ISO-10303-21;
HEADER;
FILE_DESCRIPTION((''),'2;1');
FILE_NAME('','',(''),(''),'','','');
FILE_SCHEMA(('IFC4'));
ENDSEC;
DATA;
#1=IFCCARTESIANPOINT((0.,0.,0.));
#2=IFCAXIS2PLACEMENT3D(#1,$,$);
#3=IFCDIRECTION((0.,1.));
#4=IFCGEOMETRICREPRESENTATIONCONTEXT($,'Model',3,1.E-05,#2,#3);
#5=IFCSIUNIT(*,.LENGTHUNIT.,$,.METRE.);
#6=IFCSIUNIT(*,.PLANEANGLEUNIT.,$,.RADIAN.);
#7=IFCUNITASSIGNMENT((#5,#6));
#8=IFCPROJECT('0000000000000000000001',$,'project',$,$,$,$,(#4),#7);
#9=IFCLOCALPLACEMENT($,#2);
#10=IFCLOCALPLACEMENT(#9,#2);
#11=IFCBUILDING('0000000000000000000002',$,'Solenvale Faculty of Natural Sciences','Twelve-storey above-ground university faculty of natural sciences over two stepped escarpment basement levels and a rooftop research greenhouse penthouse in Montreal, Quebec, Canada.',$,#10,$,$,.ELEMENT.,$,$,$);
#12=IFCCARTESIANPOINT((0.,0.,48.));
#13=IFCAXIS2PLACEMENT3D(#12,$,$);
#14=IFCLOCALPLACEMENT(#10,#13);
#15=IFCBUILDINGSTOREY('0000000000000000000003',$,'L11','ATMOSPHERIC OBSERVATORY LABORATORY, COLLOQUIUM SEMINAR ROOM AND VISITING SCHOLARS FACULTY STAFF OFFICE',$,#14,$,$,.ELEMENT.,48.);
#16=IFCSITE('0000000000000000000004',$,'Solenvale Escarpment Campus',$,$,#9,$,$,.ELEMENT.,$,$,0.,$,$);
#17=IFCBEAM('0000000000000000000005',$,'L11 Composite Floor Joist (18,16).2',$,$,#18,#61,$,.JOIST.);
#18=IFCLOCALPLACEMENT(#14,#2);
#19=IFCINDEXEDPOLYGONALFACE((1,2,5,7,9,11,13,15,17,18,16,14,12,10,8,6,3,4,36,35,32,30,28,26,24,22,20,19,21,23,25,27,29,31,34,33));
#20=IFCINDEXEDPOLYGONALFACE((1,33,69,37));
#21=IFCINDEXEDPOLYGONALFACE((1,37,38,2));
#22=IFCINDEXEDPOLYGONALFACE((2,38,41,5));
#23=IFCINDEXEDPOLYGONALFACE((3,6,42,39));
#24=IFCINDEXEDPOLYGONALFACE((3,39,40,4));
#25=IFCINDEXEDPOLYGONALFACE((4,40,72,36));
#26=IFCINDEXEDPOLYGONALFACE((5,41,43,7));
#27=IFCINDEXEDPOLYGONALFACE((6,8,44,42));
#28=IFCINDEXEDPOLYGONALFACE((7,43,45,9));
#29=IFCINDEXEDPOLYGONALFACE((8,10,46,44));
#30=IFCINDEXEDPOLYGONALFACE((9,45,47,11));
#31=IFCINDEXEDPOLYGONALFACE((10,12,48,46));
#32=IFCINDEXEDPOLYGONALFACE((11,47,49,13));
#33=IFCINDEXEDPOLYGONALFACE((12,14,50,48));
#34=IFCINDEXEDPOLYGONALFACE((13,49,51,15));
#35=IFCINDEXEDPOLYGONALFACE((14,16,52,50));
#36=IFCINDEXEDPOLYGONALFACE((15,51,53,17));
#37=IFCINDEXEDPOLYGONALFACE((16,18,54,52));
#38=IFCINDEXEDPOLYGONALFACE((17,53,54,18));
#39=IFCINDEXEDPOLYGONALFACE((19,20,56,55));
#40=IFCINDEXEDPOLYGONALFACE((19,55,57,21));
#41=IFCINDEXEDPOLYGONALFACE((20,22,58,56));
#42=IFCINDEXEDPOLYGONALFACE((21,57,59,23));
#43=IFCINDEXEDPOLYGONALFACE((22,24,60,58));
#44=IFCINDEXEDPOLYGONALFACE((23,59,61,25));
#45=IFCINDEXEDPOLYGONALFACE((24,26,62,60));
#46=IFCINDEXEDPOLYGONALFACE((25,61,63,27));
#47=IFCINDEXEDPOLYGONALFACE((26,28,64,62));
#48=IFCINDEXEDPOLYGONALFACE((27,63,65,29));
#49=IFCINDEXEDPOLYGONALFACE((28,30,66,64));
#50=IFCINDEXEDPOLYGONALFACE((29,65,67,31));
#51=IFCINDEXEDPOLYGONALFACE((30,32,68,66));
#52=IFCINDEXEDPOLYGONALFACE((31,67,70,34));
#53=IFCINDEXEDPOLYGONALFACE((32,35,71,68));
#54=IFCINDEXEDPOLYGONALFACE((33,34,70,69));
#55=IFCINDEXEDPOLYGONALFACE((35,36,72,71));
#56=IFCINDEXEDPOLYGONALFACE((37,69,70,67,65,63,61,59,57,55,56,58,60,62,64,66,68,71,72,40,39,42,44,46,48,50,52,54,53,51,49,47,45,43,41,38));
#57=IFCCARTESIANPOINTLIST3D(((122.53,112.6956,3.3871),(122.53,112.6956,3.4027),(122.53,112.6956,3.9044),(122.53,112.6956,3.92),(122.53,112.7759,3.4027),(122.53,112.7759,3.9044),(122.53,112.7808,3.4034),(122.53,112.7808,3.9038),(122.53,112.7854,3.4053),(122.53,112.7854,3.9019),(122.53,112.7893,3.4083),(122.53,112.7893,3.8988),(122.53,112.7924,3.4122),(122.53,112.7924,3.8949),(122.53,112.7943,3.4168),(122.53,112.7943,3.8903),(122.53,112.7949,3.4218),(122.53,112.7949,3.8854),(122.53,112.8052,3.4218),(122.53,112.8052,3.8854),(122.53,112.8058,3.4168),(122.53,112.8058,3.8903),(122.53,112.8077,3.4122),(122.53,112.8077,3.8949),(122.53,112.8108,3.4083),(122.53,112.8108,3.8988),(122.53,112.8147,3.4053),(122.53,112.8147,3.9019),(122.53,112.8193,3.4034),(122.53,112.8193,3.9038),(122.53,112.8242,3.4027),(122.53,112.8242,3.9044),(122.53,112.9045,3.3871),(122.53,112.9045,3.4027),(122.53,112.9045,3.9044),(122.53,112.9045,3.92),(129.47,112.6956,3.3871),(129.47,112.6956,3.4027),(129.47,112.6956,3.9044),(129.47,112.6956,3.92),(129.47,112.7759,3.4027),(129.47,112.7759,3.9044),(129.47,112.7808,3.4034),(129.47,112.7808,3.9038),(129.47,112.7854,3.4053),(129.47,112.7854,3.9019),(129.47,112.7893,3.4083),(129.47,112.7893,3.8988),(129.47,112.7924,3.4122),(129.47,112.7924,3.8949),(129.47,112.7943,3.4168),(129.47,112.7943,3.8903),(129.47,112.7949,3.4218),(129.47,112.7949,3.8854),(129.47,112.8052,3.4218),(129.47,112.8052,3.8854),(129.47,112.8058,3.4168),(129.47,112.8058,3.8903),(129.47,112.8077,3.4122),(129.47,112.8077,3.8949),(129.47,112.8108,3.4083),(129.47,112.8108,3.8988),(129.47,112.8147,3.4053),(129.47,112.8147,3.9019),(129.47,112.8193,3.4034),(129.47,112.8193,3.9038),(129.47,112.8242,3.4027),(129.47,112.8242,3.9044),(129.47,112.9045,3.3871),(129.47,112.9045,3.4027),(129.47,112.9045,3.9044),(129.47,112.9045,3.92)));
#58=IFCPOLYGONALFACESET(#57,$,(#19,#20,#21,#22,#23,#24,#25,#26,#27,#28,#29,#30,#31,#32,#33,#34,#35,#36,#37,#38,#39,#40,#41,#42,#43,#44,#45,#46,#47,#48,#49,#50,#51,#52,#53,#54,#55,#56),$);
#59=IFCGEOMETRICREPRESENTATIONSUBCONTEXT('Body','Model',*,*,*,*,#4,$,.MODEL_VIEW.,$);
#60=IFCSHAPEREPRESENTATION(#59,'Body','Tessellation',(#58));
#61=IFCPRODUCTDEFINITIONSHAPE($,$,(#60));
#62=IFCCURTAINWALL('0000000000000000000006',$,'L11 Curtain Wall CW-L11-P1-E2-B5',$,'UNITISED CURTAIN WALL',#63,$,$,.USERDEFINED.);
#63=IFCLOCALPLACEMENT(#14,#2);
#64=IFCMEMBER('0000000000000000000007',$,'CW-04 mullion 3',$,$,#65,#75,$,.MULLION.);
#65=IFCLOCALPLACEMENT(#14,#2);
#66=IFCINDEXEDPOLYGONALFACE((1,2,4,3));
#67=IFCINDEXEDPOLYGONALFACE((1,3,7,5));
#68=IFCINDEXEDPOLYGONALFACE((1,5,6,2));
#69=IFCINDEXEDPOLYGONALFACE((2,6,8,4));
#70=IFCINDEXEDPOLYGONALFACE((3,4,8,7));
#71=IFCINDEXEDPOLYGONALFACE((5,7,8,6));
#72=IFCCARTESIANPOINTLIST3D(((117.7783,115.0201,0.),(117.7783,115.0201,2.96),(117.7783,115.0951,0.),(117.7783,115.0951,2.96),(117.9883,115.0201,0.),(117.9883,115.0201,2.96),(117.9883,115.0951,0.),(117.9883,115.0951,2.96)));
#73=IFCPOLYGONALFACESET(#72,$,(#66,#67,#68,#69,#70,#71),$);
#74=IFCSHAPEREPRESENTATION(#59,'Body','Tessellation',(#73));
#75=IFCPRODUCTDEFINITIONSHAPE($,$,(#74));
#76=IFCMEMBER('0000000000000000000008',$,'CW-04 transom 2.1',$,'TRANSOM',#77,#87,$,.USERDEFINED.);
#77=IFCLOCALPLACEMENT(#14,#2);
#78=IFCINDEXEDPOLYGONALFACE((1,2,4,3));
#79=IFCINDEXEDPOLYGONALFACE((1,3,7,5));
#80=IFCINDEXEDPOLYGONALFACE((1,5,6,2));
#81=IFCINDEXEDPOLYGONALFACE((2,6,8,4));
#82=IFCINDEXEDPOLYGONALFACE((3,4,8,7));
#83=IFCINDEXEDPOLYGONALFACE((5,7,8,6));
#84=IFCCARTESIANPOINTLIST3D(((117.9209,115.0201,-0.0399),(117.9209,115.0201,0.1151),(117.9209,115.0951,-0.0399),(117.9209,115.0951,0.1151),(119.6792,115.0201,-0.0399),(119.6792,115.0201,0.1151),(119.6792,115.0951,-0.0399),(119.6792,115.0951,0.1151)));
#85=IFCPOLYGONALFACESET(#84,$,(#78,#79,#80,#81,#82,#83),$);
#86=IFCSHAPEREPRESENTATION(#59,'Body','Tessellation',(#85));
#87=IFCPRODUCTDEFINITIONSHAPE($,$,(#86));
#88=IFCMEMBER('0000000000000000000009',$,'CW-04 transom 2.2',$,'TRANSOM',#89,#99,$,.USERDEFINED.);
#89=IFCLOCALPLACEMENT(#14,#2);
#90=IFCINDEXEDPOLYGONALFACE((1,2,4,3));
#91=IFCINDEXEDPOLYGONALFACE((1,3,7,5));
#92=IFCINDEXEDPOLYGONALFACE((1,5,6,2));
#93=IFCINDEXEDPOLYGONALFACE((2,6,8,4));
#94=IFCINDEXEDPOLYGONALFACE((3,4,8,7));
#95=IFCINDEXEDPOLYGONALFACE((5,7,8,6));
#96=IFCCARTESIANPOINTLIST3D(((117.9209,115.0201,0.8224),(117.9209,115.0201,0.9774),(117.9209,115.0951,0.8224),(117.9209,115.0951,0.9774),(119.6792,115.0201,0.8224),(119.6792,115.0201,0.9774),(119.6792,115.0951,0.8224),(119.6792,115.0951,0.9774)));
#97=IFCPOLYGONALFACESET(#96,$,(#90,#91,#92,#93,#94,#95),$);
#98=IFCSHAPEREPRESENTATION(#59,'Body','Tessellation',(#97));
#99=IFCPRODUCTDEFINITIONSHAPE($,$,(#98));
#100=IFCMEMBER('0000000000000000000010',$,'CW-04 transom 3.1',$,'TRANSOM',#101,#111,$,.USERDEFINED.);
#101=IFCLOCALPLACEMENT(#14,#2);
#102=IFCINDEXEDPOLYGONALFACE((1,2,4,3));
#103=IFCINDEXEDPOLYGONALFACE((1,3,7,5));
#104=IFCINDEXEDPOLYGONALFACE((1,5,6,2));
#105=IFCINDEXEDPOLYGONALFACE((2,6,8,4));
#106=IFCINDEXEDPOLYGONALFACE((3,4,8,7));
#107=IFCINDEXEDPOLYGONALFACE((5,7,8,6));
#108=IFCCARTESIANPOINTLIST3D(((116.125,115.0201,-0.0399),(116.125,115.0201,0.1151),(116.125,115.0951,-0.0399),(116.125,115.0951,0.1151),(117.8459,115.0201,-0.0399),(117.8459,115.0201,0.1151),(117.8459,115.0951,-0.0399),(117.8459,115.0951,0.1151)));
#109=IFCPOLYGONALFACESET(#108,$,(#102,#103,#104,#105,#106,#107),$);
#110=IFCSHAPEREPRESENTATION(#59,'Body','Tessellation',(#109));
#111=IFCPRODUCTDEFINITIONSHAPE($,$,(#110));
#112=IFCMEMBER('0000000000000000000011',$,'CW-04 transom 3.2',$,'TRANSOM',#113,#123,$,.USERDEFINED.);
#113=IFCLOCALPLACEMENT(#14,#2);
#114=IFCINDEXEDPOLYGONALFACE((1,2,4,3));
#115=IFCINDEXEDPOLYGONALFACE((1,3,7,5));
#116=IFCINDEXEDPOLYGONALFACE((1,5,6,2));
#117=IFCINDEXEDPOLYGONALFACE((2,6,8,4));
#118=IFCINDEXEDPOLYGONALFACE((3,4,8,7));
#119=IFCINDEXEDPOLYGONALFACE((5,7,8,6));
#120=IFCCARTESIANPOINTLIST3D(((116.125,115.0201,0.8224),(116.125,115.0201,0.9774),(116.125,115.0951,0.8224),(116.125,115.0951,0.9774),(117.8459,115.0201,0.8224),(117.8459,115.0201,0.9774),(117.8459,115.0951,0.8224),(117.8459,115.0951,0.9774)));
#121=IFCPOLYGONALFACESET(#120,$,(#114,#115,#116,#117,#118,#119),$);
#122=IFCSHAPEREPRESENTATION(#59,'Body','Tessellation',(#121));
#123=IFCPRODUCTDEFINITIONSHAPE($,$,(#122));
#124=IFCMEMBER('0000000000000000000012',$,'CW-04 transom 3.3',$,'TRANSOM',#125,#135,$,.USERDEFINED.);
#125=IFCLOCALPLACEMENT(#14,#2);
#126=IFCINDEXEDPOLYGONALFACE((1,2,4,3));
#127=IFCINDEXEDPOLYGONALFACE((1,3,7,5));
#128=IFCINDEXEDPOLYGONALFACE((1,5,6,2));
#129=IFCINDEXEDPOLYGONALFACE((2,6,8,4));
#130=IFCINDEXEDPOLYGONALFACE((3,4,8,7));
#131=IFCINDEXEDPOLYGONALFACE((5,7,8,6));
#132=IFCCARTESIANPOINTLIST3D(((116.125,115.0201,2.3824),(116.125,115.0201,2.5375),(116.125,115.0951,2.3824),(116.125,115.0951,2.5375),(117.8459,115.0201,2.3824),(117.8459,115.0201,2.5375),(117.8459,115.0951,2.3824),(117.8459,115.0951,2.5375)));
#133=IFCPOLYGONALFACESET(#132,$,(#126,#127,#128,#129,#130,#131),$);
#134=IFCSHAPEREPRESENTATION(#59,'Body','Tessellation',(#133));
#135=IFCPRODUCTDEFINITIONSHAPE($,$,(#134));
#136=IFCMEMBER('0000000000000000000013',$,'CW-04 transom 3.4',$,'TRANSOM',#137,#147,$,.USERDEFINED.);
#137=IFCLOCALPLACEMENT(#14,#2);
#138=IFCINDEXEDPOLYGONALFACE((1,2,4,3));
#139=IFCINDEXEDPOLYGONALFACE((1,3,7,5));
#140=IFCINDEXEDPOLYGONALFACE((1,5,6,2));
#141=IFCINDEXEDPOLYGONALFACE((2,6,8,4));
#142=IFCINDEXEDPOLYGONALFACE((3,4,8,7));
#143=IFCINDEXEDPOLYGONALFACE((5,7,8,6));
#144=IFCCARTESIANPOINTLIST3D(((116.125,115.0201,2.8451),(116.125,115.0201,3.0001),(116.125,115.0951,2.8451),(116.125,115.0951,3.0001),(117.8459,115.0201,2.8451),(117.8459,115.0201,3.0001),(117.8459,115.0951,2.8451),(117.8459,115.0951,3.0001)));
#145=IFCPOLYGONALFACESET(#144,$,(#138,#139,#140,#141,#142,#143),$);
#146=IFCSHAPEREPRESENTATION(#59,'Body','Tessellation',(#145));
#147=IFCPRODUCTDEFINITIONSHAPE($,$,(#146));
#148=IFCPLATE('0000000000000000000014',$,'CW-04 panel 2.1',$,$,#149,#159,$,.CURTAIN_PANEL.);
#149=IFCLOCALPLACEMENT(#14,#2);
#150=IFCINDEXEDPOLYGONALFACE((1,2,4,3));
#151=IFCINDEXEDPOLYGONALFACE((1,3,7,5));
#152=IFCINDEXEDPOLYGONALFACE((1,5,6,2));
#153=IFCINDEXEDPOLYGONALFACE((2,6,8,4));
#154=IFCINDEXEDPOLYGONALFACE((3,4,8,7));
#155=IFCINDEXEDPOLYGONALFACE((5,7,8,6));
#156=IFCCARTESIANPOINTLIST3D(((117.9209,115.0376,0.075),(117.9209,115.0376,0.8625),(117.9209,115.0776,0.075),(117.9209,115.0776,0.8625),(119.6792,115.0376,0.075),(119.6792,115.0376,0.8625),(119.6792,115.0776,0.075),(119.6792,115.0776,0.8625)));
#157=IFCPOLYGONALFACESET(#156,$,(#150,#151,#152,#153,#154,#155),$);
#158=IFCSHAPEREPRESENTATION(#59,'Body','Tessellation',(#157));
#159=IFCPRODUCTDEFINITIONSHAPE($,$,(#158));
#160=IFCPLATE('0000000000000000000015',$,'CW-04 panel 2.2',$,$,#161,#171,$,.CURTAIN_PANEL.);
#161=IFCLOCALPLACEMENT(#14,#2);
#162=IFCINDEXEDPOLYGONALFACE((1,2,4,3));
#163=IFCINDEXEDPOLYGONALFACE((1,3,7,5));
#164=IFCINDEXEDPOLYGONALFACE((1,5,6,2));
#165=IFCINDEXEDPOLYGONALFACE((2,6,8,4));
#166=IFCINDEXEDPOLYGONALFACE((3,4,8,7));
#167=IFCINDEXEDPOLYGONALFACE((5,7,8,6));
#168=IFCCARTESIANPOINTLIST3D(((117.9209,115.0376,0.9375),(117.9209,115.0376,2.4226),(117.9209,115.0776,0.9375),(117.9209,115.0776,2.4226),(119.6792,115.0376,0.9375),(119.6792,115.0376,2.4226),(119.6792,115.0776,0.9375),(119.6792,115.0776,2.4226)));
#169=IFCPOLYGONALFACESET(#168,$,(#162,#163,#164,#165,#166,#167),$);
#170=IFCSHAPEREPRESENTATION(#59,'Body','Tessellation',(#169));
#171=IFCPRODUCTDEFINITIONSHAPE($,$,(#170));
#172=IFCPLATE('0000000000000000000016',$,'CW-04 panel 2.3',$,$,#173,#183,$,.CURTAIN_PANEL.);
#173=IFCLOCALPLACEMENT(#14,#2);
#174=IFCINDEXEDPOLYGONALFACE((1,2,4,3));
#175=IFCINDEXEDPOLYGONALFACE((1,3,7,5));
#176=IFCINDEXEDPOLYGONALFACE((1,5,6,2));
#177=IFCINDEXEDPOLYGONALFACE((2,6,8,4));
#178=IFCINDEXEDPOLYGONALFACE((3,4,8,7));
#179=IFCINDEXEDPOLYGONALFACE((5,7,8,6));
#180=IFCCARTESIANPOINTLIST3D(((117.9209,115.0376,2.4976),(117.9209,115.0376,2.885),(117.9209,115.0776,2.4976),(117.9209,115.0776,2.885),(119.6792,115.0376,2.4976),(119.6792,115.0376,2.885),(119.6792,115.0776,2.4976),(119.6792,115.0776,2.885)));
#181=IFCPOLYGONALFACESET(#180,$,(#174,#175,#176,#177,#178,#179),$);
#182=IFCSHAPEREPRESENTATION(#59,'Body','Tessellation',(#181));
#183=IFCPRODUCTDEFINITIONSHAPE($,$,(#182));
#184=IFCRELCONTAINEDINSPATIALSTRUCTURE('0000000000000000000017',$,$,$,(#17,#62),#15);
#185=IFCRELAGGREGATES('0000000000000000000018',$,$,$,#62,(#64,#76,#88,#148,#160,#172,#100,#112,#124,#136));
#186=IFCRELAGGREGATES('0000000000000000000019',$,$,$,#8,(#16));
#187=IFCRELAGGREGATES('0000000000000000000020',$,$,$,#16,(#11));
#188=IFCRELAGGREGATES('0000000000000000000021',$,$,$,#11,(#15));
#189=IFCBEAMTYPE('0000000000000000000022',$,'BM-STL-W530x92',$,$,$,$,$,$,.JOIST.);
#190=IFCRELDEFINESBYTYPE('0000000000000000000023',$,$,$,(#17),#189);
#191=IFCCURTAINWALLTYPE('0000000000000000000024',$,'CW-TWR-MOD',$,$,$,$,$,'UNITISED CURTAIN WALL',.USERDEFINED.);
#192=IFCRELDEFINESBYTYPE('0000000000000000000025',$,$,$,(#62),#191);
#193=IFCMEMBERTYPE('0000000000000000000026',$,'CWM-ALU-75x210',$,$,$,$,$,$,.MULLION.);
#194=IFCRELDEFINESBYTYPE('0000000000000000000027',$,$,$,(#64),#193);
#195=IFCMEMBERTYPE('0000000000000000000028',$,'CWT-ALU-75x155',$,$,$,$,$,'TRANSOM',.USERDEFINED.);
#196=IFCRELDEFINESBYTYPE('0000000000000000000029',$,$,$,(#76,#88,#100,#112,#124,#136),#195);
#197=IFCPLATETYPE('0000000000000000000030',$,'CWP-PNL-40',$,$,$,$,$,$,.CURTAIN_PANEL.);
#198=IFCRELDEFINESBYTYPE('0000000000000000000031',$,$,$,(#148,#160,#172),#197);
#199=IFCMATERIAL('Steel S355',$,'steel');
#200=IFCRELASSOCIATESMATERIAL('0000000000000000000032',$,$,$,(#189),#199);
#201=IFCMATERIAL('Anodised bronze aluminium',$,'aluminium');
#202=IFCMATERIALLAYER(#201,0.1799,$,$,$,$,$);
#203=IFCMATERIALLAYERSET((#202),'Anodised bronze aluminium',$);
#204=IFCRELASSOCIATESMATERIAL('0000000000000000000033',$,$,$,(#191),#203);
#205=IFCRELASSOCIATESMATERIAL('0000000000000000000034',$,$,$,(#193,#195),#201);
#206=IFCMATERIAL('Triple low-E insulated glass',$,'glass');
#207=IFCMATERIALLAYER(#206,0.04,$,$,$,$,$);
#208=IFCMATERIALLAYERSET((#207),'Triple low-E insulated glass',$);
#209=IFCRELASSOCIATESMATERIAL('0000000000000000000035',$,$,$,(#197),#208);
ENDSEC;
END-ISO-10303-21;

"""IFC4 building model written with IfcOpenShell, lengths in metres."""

from ifc_helpers import new_model, si_unit, direction, frame, origin, origin_2d, place, context, subcontext, project, spatial, rectangle, i_section, extrude, material, layer, layer_set, material_profile, profile_set, type_object, element, aggregate, save


model = new_model("IFC4")

# Units and contexts
model_context = context("Model", 3, precision=1e-05, world=origin(), true_north=direction((0.0, 1.0)))
body_context = subcontext(model_context, "Body", "Model", "MODEL_VIEW")
ifc_project = project(units=[si_unit("LENGTHUNIT", "METRE"), si_unit("PLANEANGLEUNIT", "RADIAN")], contexts=[model_context])

# Site, building, storey
site_placement = place(None, origin())
site = spatial("IfcSite", under=ifc_project, at=site_placement, Name="Solenvale Escarpment Campus", CompositionType="ELEMENT", RefElevation=0.0)
building_placement = place(site_placement, origin())
building = spatial("IfcBuilding", under=site, at=building_placement, Name="Solenvale Faculty of Natural Sciences", Description="Twelve-storey above-ground university faculty of natural sciences over two stepped escarpment basement levels and a rooftop research greenhouse penthouse in Montreal, Quebec, Canada.", CompositionType="ELEMENT")
storey_placement = place(building_placement, frame((0.0, 0.0, 48.0)))
storey = spatial("IfcBuildingStorey", under=building, at=storey_placement, Name="L11", Description="ATMOSPHERIC OBSERVATORY LABORATORY, COLLOQUIUM SEMINAR ROOM AND VISITING SCHOLARS FACULTY STAFF OFFICE", CompositionType="ELEMENT", Elevation=48.0)

# Beam
ifc_material_1 = material(Name="Steel S355", Category="steel")
ifc_material_profile_1 = material_profile(ifc_material_1, i_section(OverallWidth=0.209, OverallDepth=0.533, WebThickness=0.0103, FlangeThickness=0.0156, FilletRadius=0.019, at=origin_2d()), Name="W530x92")
ifc_profile_set_1 = profile_set([ifc_material_profile_1], Name="Steel S355")
beam_type_1 = type_object("IfcBeamType", Name="BM-STL-W530x92", PredefinedType="JOIST", material=ifc_profile_set_1)
for number, where, z_axis, x_axis, name in (
    (1, (122.53, 112.8, 3.6536), (1.0, 0.0, 0.0), (0.0, 1.0, 0.0), "L11 Composite Floor Joist (18,16).2"),
):
    element("IfcBeam", number, at=place(storey_placement, frame(where, z_axis=z_axis, x_axis=x_axis)), inside=storey, type_object=beam_type_1, Name=name, PredefinedType="JOIST", context=body_context, shape_type="SweptSolid", body=[
        extrude(i_section(OverallWidth=0.209, OverallDepth=0.533, WebThickness=0.0103, FlangeThickness=0.0156, FilletRadius=0.019, at=origin_2d()), origin(), (0.0, 0.0, 1.0), 6.9399),
    ])

# Curtain wall, members, plates
ifc_material_2 = material(Name="Anodised bronze aluminium", Category="aluminium")
ifc_layer_1 = layer(ifc_material_2, 0.1799)
ifc_layer_set_1 = layer_set([ifc_layer_1], Name="Anodised bronze aluminium")
curtain_wall_type = type_object("IfcCurtainWallType", Name="CW-TWR-MOD", ElementType="UNITISED CURTAIN WALL", PredefinedType="USERDEFINED", material=ifc_layer_set_1)
curtain_wall_placement = place(storey_placement, origin())
curtain_wall = element("IfcCurtainWall", 2, at=curtain_wall_placement, inside=storey, type_object=curtain_wall_type, Name="L11 Curtain Wall CW-L11-P1-E2-B5", ObjectType="UNITISED CURTAIN WALL", PredefinedType="USERDEFINED")
ifc_material_profile_2 = material_profile(ifc_material_2, rectangle(XDim=0.075, YDim=0.21, at=origin_2d()), Name="ALU-MUL-75x210")
ifc_profile_set_2 = profile_set([ifc_material_profile_2], Name="Anodised bronze aluminium")
member_type_1 = type_object("IfcMemberType", Name="CWM-ALU-75x210", PredefinedType="MULLION", material=ifc_profile_set_2)
member_1_placement = place(storey_placement, frame((117.8833, 115.0576, 0.0), z_axis=(0.0, 0.0, 1.0), x_axis=(0.0, -1.0, 0.0)))
member_1 = element("IfcMember", 3, at=member_1_placement, type_object=member_type_1, Name="CW-04 mullion 3", PredefinedType="MULLION", context=body_context, shape_type="SweptSolid", body=[
    extrude(rectangle(XDim=0.075, YDim=0.21, at=origin_2d()), origin(), (0.0, 0.0, 1.0), 2.96),
])
ifc_material_profile_3 = material_profile(ifc_material_2, rectangle(XDim=0.075, YDim=0.155, at=origin_2d()), Name="ALU-TRN-75x155")
ifc_profile_set_3 = profile_set([ifc_material_profile_3], Name="Anodised bronze aluminium")
member_type_2 = type_object("IfcMemberType", Name="CWT-ALU-75x155", ElementType="TRANSOM", PredefinedType="USERDEFINED", material=ifc_profile_set_3)
member_2_placement = place(storey_placement, frame((119.6792, 115.0576, 0.0376), z_axis=(-1.0, 0.0, 0.0), x_axis=(0.0, -1.0, 0.0)))
member_2 = element("IfcMember", 4, at=member_2_placement, type_object=member_type_2, Name="CW-04 transom 2.1", ObjectType="TRANSOM", PredefinedType="USERDEFINED", context=body_context, shape_type="SweptSolid", body=[
    extrude(rectangle(XDim=0.075, YDim=0.155, at=origin_2d()), origin(), (0.0, 0.0, 1.0), 1.7583),
])
member_3_placement = place(storey_placement, frame((119.6792, 115.0576, 0.8999), z_axis=(-1.0, 0.0, 0.0), x_axis=(0.0, -1.0, 0.0)))
member_3 = element("IfcMember", 5, at=member_3_placement, type_object=member_type_2, Name="CW-04 transom 2.2", ObjectType="TRANSOM", PredefinedType="USERDEFINED", context=body_context, shape_type="SweptSolid", body=[
    extrude(rectangle(XDim=0.075, YDim=0.155, at=origin_2d()), origin(), (0.0, 0.0, 1.0), 1.7583),
])
member_4_placement = place(storey_placement, frame((117.8459, 115.0576, 0.0376), z_axis=(-1.0, 0.0, 0.0), x_axis=(0.0, -1.0, 0.0)))
member_4 = element("IfcMember", 6, at=member_4_placement, type_object=member_type_2, Name="CW-04 transom 3.1", ObjectType="TRANSOM", PredefinedType="USERDEFINED", context=body_context, shape_type="SweptSolid", body=[
    extrude(rectangle(XDim=0.075, YDim=0.155, at=origin_2d()), origin(), (0.0, 0.0, 1.0), 1.7209),
])
member_5_placement = place(storey_placement, frame((117.8459, 115.0576, 0.8999), z_axis=(-1.0, 0.0, 0.0), x_axis=(0.0, -1.0, 0.0)))
member_5 = element("IfcMember", 7, at=member_5_placement, type_object=member_type_2, Name="CW-04 transom 3.2", ObjectType="TRANSOM", PredefinedType="USERDEFINED", context=body_context, shape_type="SweptSolid", body=[
    extrude(rectangle(XDim=0.075, YDim=0.155, at=origin_2d()), origin(), (0.0, 0.0, 1.0), 1.7209),
])
member_6_placement = place(storey_placement, frame((117.8459, 115.0576, 2.46), z_axis=(-1.0, 0.0, 0.0), x_axis=(0.0, -1.0, 0.0)))
member_6 = element("IfcMember", 8, at=member_6_placement, type_object=member_type_2, Name="CW-04 transom 3.3", ObjectType="TRANSOM", PredefinedType="USERDEFINED", context=body_context, shape_type="SweptSolid", body=[
    extrude(rectangle(XDim=0.075, YDim=0.155, at=origin_2d()), origin(), (0.0, 0.0, 1.0), 1.7209),
])
member_7_placement = place(storey_placement, frame((117.8459, 115.0576, 2.9226), z_axis=(-1.0, 0.0, 0.0), x_axis=(0.0, -1.0, 0.0)))
member_7 = element("IfcMember", 9, at=member_7_placement, type_object=member_type_2, Name="CW-04 transom 3.4", ObjectType="TRANSOM", PredefinedType="USERDEFINED", context=body_context, shape_type="SweptSolid", body=[
    extrude(rectangle(XDim=0.075, YDim=0.155, at=origin_2d()), origin(), (0.0, 0.0, 1.0), 1.7209),
])
ifc_material_3 = material(Name="Triple low-E insulated glass", Category="glass")
ifc_layer_2 = layer(ifc_material_3, 0.04)
ifc_layer_set_2 = layer_set([ifc_layer_2], Name="Triple low-E insulated glass")
plate_type = type_object("IfcPlateType", Name="CWP-PNL-40", PredefinedType="CURTAIN_PANEL", material=ifc_layer_set_2)
plate_1_placement = place(storey_placement, frame((118.8, 115.0576, 0.075), z_axis=(0.0, 0.0, 1.0), x_axis=(-1.0, 0.0, 0.0)))
plate_1 = element("IfcPlate", 10, at=plate_1_placement, type_object=plate_type, Name="CW-04 panel 2.1", PredefinedType="CURTAIN_PANEL", context=body_context, shape_type="SweptSolid", body=[
    extrude(rectangle(XDim=1.7583, YDim=0.04, at=origin_2d()), origin(), (0.0, 0.0, 1.0), 0.7876),
])
plate_2_placement = place(storey_placement, frame((118.8, 115.0576, 0.9375), z_axis=(0.0, 0.0, 1.0), x_axis=(-1.0, 0.0, 0.0)))
plate_2 = element("IfcPlate", 11, at=plate_2_placement, type_object=plate_type, Name="CW-04 panel 2.2", PredefinedType="CURTAIN_PANEL", context=body_context, shape_type="SweptSolid", body=[
    extrude(rectangle(XDim=1.7583, YDim=0.04, at=origin_2d()), origin(), (0.0, 0.0, 1.0), 1.4851),
])
plate_3_placement = place(storey_placement, frame((118.8, 115.0576, 2.4976), z_axis=(0.0, 0.0, 1.0), x_axis=(-1.0, 0.0, 0.0)))
plate_3 = element("IfcPlate", 12, at=plate_3_placement, type_object=plate_type, Name="CW-04 panel 2.3", PredefinedType="CURTAIN_PANEL", context=body_context, shape_type="SweptSolid", body=[
    extrude(rectangle(XDim=1.7583, YDim=0.04, at=origin_2d()), origin(), (0.0, 0.0, 1.0), 0.3875),
])
aggregate(curtain_wall, [member_1, member_2, member_3, plate_1, plate_2, plate_3, member_4, member_5, member_6, member_7])

save(model, "model.ifc")
